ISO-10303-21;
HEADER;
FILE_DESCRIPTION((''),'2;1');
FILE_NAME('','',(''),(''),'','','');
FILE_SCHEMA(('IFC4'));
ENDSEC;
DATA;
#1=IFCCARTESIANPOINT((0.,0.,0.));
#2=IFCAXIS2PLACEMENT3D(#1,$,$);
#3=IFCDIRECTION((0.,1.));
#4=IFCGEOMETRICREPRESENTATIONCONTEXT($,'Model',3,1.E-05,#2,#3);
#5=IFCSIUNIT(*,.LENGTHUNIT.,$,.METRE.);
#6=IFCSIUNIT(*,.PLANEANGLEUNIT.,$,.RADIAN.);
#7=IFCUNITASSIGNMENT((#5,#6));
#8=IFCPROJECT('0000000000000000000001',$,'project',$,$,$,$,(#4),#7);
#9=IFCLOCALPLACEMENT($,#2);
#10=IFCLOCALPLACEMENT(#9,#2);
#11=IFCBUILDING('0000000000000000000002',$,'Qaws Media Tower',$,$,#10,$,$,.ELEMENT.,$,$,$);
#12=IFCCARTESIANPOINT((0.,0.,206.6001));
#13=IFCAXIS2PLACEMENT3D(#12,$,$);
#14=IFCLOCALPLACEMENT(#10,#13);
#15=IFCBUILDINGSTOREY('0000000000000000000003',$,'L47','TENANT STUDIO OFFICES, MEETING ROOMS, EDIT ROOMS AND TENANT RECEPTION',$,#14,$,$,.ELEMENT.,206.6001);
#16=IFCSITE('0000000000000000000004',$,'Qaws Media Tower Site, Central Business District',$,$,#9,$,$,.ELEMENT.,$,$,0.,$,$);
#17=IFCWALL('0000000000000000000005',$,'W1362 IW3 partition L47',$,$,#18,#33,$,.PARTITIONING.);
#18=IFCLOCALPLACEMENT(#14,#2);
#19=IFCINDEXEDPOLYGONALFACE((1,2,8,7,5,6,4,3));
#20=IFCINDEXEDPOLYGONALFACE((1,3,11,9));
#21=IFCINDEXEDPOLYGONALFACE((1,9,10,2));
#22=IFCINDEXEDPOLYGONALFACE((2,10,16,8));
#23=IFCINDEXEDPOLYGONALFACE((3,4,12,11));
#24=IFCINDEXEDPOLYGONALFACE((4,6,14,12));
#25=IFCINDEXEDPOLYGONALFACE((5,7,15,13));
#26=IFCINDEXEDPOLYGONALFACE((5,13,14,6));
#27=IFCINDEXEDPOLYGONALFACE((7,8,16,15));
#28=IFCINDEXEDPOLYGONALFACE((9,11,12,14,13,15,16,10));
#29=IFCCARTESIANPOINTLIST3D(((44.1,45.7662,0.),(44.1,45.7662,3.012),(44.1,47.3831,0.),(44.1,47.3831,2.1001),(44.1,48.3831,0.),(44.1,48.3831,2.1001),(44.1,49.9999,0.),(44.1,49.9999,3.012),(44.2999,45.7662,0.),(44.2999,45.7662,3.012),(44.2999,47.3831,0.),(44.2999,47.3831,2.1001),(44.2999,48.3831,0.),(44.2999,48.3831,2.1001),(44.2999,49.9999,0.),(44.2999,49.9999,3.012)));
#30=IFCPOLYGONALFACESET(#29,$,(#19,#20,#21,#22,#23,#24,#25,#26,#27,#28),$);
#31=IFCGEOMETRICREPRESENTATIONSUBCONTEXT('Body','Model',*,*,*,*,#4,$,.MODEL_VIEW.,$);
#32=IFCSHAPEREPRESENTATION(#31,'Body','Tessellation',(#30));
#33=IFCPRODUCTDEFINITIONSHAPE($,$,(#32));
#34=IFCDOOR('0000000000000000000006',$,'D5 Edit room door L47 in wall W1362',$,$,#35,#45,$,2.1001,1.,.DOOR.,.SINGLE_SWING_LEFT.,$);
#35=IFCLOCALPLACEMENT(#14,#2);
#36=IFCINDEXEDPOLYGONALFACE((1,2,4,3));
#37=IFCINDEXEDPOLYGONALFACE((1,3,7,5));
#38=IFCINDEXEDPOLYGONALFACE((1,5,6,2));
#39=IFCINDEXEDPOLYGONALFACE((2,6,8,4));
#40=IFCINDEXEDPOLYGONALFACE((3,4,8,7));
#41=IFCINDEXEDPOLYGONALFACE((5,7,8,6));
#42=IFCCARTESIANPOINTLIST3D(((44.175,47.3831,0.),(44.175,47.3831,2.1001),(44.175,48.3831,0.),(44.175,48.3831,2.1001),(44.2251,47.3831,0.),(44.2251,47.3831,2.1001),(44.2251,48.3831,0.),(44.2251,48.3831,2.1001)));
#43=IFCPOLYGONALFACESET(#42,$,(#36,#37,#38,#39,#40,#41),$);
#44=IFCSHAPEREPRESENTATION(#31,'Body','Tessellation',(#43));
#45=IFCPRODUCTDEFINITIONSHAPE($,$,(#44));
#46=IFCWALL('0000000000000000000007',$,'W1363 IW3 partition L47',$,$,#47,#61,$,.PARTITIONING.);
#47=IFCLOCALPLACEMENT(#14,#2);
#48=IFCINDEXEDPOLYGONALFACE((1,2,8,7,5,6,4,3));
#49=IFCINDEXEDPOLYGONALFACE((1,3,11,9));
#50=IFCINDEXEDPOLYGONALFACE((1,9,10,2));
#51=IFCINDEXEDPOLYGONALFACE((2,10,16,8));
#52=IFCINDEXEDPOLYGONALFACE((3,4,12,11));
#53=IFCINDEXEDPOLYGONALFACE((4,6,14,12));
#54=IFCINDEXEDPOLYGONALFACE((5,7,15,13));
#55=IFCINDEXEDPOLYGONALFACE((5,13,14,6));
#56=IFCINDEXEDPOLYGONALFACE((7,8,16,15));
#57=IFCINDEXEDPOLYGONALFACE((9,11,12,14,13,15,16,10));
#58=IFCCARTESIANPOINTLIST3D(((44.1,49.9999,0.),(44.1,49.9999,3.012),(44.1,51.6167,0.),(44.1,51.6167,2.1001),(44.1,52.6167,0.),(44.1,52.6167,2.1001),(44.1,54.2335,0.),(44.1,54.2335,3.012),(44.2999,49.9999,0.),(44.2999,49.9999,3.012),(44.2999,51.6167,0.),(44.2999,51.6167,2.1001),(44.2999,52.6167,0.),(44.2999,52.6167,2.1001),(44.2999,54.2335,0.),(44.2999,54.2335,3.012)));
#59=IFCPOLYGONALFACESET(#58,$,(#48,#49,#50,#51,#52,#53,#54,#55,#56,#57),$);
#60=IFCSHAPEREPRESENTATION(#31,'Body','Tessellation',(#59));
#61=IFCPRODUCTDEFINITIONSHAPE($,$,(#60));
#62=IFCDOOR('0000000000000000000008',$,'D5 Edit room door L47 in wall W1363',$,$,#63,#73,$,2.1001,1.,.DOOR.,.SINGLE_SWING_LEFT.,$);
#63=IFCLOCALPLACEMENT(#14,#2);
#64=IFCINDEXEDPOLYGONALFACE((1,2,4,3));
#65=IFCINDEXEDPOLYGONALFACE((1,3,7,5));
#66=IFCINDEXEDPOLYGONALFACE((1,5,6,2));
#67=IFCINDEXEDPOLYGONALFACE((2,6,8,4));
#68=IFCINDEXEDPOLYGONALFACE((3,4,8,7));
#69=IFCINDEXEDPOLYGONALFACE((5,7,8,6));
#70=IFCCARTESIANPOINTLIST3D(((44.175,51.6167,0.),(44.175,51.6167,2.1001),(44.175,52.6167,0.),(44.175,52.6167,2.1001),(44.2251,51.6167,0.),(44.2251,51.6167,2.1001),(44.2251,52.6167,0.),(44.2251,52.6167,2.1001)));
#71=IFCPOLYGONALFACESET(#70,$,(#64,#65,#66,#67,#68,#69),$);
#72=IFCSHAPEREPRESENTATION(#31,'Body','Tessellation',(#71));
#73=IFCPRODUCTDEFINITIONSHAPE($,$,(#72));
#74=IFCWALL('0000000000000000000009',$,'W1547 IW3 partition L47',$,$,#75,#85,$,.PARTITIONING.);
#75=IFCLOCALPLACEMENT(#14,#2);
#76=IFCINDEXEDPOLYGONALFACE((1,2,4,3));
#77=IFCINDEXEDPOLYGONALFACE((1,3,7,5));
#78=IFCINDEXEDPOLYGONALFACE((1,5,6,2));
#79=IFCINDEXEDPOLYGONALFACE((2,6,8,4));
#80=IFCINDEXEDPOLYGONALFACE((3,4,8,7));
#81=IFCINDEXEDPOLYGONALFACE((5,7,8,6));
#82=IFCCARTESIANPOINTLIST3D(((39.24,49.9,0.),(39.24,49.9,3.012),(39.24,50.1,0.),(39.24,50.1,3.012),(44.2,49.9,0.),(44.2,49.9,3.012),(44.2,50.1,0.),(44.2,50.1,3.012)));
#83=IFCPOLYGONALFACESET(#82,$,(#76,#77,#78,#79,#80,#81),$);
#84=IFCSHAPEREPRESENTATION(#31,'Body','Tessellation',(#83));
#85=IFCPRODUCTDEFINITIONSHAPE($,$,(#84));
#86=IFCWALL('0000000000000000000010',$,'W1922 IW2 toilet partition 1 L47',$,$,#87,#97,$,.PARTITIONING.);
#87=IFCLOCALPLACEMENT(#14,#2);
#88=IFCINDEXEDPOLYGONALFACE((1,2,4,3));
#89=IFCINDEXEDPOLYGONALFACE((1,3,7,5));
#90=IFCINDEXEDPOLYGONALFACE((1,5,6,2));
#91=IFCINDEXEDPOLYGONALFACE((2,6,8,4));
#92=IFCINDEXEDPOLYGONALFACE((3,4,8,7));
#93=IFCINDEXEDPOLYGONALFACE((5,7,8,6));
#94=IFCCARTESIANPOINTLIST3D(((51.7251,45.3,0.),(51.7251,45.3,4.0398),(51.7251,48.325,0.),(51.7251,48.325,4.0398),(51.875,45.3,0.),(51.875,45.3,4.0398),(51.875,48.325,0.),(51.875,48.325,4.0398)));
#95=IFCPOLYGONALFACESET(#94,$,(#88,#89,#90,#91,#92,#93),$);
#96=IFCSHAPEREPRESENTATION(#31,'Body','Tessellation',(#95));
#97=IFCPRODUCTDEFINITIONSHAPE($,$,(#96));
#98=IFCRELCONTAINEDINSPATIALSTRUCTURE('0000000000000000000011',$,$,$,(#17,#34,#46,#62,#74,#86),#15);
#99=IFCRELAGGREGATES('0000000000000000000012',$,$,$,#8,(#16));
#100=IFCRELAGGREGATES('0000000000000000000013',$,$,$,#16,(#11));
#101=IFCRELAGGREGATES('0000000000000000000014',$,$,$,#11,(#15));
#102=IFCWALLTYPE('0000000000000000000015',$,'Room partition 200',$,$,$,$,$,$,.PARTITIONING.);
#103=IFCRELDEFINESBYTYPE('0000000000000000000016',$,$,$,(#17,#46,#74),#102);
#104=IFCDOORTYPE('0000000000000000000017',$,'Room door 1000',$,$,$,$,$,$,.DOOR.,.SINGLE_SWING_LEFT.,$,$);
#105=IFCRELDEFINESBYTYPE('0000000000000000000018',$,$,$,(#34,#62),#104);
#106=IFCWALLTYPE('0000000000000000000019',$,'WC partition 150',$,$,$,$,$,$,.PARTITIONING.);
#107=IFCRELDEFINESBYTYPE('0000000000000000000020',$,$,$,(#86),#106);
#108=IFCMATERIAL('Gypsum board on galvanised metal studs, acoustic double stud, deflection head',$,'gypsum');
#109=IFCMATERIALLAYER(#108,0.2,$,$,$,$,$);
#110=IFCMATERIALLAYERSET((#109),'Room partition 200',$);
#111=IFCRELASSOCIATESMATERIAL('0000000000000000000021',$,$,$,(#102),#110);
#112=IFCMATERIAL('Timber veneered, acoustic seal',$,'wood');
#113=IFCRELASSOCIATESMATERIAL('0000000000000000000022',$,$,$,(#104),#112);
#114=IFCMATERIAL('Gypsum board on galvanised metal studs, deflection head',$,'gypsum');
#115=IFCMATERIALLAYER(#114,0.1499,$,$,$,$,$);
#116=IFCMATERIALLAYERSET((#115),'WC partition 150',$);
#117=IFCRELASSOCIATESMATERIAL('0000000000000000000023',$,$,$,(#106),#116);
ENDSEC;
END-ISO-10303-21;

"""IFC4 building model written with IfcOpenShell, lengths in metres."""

from ifc_helpers import new_model, si_unit, direction, frame, frame_2d, origin, place, context, subcontext, project, spatial, rectangle, extrude, material, layer, layer_set, type_object, element, fill, save


model = new_model("IFC4")

# Units and contexts
model_context = context("Model", 3, precision=1e-05, world=origin(), true_north=direction((0.0, 1.0)))
body_context = subcontext(model_context, "Body", "Model", "MODEL_VIEW")
ifc_project = project(units=[si_unit("LENGTHUNIT", "METRE"), si_unit("PLANEANGLEUNIT", "RADIAN")], contexts=[model_context])

# Site, building, storey
site_placement = place(None, origin())
site = spatial("IfcSite", under=ifc_project, at=site_placement, Name="Qaws Media Tower Site, Central Business District", CompositionType="ELEMENT", RefElevation=0.0)
building_placement = place(site_placement, origin())
building = spatial("IfcBuilding", under=site, at=building_placement, Name="Qaws Media Tower", CompositionType="ELEMENT")
storey_placement = place(building_placement, frame((0.0, 0.0, 206.6001)))
storey = spatial("IfcBuildingStorey", under=building, at=storey_placement, Name="L47", Description="TENANT STUDIO OFFICES, MEETING ROOMS, EDIT ROOMS AND TENANT RECEPTION", CompositionType="ELEMENT", Elevation=206.6001)

# Walls, openings, doors
ifc_material_1 = material(Name="Gypsum board on galvanised metal studs, acoustic double stud, deflection head", Category="gypsum")
ifc_layer_1 = layer(ifc_material_1, 0.2)
ifc_layer_set_1 = layer_set([ifc_layer_1], Name="Room partition 200")
wall_type_1 = type_object("IfcWallType", Name="Room partition 200", PredefinedType="PARTITIONING", material=ifc_layer_set_1)
wall_1_placement = place(storey_placement, frame((44.2, 45.7664, 0.0), z_axis=(0.0, 0.0, 1.0), x_axis=(0.0, 1.0, 0.0)))
wall_1 = element("IfcWall", 1, at=wall_1_placement, inside=storey, type_object=wall_type_1, Name="W1362 IW3 partition L47", PredefinedType="PARTITIONING", context=body_context, shape_type="SweptSolid", body=[
    extrude(rectangle(XDim=4.2336, YDim=0.2, at=frame_2d((2.1167, 0.0))), origin(), (0.0, 0.0, 1.0), 3.012),
])
opening_1_placement = place(wall_1_placement, frame((1.6167, 0.0, 0.0)))
opening_1 = element("IfcOpeningElement", 2, at=opening_1_placement, cuts=wall_1, PredefinedType="OPENING", context=body_context, shape_type="SweptSolid", body=[
    extrude(rectangle(XDim=1.0, YDim=2.1001, at=frame_2d((0.5, 1.05))), frame((0.0, 0.1099, 0.0), z_axis=(0.0, -1.0, 0.0), x_axis=(1.0, 0.0, 0.0)), (0.0, 0.0, 1.0), 0.22),
])
ifc_material_2 = material(Name="Timber veneered, acoustic seal", Category="wood")
door_type_1 = type_object("IfcDoorType", Name="Room door 1000", OperationType="SINGLE_SWING_LEFT", PredefinedType="DOOR", material=ifc_material_2)
door_1_placement = place(opening_1_placement, origin())
door_1 = element("IfcDoor", 3, at=door_1_placement, inside=storey, type_object=door_type_1, Name="D5 Edit room door L47 in wall W1362", OperationType="SINGLE_SWING_LEFT", OverallHeight=2.1001, OverallWidth=1.0, PredefinedType="DOOR", context=body_context, shape_type="SweptSolid", body=[
    extrude(rectangle(XDim=1.0, YDim=2.1001, at=frame_2d((0.5, 1.05))), frame((0.0, 0.0249, 0.0), z_axis=(0.0, -1.0, 0.0), x_axis=(1.0, 0.0, 0.0)), (0.0, 0.0, 1.0), 0.05),
])
fill(opening_1, door_1)
wall_2_placement = place(storey_placement, frame((44.2, 50.0, 0.0), z_axis=(0.0, 0.0, 1.0), x_axis=(0.0, 1.0, 0.0)))
wall_2 = element("IfcWall", 4, at=wall_2_placement, inside=storey, type_object=wall_type_1, Name="W1363 IW3 partition L47", PredefinedType="PARTITIONING", context=body_context, shape_type="SweptSolid", body=[
    extrude(rectangle(XDim=4.2336, YDim=0.2, at=frame_2d((2.1167, 0.0))), origin(), (0.0, 0.0, 1.0), 3.012),
])
opening_2_placement = place(wall_2_placement, frame((1.6167, 0.0, 0.0)))
opening_2 = element("IfcOpeningElement", 5, at=opening_2_placement, cuts=wall_2, PredefinedType="OPENING", context=body_context, shape_type="SweptSolid", body=[
    extrude(rectangle(XDim=1.0, YDim=2.1001, at=frame_2d((0.5, 1.05))), frame((0.0, 0.1099, 0.0), z_axis=(0.0, -1.0, 0.0), x_axis=(1.0, 0.0, 0.0)), (0.0, 0.0, 1.0), 0.22),
])
door_2_placement = place(opening_2_placement, origin())
door_2 = element("IfcDoor", 6, at=door_2_placement, inside=storey, type_object=door_type_1, Name="D5 Edit room door L47 in wall W1363", OperationType="SINGLE_SWING_LEFT", OverallHeight=2.1001, OverallWidth=1.0, PredefinedType="DOOR", context=body_context, shape_type="SweptSolid", body=[
    extrude(rectangle(XDim=1.0, YDim=2.1001, at=frame_2d((0.5, 1.05))), frame((0.0, 0.0249, 0.0), z_axis=(0.0, -1.0, 0.0), x_axis=(1.0, 0.0, 0.0)), (0.0, 0.0, 1.0), 0.05),
])
fill(opening_2, door_2)

# Walls
wall_3_placement = place(storey_placement, frame((44.2, 50.0, 0.0), z_axis=(0.0, 0.0, 1.0), x_axis=(-1.0, 0.0, 0.0)))
element("IfcWall", 7, at=wall_3_placement, inside=storey, type_object=wall_type_1, Name="W1547 IW3 partition L47", PredefinedType="PARTITIONING", context=body_context, shape_type="SweptSolid", body=[
    extrude(rectangle(XDim=4.96, YDim=0.2, at=frame_2d((2.48, 0.0))), origin(), (0.0, 0.0, 1.0), 3.012),
])
ifc_material_3 = material(Name="Gypsum board on galvanised metal studs, deflection head", Category="gypsum")
ifc_layer_2 = layer(ifc_material_3, 0.1499)
ifc_layer_set_2 = layer_set([ifc_layer_2], Name="WC partition 150")
wall_type_2 = type_object("IfcWallType", Name="WC partition 150", PredefinedType="PARTITIONING", material=ifc_layer_set_2)
wall_4_placement = place(storey_placement, frame((51.8, 45.3, 0.0), z_axis=(0.0, 0.0, 1.0), x_axis=(0.0, 1.0, 0.0)))
element("IfcWall", 8, at=wall_4_placement, inside=storey, type_object=wall_type_2, Name="W1922 IW2 toilet partition 1 L47", PredefinedType="PARTITIONING", context=body_context, shape_type="SweptSolid", body=[
    extrude(rectangle(XDim=3.0249, YDim=0.1499, at=frame_2d((1.5125, 0.0))), origin(), (0.0, 0.0, 1.0), 4.0398),
])

save(model, "model.ifc")
